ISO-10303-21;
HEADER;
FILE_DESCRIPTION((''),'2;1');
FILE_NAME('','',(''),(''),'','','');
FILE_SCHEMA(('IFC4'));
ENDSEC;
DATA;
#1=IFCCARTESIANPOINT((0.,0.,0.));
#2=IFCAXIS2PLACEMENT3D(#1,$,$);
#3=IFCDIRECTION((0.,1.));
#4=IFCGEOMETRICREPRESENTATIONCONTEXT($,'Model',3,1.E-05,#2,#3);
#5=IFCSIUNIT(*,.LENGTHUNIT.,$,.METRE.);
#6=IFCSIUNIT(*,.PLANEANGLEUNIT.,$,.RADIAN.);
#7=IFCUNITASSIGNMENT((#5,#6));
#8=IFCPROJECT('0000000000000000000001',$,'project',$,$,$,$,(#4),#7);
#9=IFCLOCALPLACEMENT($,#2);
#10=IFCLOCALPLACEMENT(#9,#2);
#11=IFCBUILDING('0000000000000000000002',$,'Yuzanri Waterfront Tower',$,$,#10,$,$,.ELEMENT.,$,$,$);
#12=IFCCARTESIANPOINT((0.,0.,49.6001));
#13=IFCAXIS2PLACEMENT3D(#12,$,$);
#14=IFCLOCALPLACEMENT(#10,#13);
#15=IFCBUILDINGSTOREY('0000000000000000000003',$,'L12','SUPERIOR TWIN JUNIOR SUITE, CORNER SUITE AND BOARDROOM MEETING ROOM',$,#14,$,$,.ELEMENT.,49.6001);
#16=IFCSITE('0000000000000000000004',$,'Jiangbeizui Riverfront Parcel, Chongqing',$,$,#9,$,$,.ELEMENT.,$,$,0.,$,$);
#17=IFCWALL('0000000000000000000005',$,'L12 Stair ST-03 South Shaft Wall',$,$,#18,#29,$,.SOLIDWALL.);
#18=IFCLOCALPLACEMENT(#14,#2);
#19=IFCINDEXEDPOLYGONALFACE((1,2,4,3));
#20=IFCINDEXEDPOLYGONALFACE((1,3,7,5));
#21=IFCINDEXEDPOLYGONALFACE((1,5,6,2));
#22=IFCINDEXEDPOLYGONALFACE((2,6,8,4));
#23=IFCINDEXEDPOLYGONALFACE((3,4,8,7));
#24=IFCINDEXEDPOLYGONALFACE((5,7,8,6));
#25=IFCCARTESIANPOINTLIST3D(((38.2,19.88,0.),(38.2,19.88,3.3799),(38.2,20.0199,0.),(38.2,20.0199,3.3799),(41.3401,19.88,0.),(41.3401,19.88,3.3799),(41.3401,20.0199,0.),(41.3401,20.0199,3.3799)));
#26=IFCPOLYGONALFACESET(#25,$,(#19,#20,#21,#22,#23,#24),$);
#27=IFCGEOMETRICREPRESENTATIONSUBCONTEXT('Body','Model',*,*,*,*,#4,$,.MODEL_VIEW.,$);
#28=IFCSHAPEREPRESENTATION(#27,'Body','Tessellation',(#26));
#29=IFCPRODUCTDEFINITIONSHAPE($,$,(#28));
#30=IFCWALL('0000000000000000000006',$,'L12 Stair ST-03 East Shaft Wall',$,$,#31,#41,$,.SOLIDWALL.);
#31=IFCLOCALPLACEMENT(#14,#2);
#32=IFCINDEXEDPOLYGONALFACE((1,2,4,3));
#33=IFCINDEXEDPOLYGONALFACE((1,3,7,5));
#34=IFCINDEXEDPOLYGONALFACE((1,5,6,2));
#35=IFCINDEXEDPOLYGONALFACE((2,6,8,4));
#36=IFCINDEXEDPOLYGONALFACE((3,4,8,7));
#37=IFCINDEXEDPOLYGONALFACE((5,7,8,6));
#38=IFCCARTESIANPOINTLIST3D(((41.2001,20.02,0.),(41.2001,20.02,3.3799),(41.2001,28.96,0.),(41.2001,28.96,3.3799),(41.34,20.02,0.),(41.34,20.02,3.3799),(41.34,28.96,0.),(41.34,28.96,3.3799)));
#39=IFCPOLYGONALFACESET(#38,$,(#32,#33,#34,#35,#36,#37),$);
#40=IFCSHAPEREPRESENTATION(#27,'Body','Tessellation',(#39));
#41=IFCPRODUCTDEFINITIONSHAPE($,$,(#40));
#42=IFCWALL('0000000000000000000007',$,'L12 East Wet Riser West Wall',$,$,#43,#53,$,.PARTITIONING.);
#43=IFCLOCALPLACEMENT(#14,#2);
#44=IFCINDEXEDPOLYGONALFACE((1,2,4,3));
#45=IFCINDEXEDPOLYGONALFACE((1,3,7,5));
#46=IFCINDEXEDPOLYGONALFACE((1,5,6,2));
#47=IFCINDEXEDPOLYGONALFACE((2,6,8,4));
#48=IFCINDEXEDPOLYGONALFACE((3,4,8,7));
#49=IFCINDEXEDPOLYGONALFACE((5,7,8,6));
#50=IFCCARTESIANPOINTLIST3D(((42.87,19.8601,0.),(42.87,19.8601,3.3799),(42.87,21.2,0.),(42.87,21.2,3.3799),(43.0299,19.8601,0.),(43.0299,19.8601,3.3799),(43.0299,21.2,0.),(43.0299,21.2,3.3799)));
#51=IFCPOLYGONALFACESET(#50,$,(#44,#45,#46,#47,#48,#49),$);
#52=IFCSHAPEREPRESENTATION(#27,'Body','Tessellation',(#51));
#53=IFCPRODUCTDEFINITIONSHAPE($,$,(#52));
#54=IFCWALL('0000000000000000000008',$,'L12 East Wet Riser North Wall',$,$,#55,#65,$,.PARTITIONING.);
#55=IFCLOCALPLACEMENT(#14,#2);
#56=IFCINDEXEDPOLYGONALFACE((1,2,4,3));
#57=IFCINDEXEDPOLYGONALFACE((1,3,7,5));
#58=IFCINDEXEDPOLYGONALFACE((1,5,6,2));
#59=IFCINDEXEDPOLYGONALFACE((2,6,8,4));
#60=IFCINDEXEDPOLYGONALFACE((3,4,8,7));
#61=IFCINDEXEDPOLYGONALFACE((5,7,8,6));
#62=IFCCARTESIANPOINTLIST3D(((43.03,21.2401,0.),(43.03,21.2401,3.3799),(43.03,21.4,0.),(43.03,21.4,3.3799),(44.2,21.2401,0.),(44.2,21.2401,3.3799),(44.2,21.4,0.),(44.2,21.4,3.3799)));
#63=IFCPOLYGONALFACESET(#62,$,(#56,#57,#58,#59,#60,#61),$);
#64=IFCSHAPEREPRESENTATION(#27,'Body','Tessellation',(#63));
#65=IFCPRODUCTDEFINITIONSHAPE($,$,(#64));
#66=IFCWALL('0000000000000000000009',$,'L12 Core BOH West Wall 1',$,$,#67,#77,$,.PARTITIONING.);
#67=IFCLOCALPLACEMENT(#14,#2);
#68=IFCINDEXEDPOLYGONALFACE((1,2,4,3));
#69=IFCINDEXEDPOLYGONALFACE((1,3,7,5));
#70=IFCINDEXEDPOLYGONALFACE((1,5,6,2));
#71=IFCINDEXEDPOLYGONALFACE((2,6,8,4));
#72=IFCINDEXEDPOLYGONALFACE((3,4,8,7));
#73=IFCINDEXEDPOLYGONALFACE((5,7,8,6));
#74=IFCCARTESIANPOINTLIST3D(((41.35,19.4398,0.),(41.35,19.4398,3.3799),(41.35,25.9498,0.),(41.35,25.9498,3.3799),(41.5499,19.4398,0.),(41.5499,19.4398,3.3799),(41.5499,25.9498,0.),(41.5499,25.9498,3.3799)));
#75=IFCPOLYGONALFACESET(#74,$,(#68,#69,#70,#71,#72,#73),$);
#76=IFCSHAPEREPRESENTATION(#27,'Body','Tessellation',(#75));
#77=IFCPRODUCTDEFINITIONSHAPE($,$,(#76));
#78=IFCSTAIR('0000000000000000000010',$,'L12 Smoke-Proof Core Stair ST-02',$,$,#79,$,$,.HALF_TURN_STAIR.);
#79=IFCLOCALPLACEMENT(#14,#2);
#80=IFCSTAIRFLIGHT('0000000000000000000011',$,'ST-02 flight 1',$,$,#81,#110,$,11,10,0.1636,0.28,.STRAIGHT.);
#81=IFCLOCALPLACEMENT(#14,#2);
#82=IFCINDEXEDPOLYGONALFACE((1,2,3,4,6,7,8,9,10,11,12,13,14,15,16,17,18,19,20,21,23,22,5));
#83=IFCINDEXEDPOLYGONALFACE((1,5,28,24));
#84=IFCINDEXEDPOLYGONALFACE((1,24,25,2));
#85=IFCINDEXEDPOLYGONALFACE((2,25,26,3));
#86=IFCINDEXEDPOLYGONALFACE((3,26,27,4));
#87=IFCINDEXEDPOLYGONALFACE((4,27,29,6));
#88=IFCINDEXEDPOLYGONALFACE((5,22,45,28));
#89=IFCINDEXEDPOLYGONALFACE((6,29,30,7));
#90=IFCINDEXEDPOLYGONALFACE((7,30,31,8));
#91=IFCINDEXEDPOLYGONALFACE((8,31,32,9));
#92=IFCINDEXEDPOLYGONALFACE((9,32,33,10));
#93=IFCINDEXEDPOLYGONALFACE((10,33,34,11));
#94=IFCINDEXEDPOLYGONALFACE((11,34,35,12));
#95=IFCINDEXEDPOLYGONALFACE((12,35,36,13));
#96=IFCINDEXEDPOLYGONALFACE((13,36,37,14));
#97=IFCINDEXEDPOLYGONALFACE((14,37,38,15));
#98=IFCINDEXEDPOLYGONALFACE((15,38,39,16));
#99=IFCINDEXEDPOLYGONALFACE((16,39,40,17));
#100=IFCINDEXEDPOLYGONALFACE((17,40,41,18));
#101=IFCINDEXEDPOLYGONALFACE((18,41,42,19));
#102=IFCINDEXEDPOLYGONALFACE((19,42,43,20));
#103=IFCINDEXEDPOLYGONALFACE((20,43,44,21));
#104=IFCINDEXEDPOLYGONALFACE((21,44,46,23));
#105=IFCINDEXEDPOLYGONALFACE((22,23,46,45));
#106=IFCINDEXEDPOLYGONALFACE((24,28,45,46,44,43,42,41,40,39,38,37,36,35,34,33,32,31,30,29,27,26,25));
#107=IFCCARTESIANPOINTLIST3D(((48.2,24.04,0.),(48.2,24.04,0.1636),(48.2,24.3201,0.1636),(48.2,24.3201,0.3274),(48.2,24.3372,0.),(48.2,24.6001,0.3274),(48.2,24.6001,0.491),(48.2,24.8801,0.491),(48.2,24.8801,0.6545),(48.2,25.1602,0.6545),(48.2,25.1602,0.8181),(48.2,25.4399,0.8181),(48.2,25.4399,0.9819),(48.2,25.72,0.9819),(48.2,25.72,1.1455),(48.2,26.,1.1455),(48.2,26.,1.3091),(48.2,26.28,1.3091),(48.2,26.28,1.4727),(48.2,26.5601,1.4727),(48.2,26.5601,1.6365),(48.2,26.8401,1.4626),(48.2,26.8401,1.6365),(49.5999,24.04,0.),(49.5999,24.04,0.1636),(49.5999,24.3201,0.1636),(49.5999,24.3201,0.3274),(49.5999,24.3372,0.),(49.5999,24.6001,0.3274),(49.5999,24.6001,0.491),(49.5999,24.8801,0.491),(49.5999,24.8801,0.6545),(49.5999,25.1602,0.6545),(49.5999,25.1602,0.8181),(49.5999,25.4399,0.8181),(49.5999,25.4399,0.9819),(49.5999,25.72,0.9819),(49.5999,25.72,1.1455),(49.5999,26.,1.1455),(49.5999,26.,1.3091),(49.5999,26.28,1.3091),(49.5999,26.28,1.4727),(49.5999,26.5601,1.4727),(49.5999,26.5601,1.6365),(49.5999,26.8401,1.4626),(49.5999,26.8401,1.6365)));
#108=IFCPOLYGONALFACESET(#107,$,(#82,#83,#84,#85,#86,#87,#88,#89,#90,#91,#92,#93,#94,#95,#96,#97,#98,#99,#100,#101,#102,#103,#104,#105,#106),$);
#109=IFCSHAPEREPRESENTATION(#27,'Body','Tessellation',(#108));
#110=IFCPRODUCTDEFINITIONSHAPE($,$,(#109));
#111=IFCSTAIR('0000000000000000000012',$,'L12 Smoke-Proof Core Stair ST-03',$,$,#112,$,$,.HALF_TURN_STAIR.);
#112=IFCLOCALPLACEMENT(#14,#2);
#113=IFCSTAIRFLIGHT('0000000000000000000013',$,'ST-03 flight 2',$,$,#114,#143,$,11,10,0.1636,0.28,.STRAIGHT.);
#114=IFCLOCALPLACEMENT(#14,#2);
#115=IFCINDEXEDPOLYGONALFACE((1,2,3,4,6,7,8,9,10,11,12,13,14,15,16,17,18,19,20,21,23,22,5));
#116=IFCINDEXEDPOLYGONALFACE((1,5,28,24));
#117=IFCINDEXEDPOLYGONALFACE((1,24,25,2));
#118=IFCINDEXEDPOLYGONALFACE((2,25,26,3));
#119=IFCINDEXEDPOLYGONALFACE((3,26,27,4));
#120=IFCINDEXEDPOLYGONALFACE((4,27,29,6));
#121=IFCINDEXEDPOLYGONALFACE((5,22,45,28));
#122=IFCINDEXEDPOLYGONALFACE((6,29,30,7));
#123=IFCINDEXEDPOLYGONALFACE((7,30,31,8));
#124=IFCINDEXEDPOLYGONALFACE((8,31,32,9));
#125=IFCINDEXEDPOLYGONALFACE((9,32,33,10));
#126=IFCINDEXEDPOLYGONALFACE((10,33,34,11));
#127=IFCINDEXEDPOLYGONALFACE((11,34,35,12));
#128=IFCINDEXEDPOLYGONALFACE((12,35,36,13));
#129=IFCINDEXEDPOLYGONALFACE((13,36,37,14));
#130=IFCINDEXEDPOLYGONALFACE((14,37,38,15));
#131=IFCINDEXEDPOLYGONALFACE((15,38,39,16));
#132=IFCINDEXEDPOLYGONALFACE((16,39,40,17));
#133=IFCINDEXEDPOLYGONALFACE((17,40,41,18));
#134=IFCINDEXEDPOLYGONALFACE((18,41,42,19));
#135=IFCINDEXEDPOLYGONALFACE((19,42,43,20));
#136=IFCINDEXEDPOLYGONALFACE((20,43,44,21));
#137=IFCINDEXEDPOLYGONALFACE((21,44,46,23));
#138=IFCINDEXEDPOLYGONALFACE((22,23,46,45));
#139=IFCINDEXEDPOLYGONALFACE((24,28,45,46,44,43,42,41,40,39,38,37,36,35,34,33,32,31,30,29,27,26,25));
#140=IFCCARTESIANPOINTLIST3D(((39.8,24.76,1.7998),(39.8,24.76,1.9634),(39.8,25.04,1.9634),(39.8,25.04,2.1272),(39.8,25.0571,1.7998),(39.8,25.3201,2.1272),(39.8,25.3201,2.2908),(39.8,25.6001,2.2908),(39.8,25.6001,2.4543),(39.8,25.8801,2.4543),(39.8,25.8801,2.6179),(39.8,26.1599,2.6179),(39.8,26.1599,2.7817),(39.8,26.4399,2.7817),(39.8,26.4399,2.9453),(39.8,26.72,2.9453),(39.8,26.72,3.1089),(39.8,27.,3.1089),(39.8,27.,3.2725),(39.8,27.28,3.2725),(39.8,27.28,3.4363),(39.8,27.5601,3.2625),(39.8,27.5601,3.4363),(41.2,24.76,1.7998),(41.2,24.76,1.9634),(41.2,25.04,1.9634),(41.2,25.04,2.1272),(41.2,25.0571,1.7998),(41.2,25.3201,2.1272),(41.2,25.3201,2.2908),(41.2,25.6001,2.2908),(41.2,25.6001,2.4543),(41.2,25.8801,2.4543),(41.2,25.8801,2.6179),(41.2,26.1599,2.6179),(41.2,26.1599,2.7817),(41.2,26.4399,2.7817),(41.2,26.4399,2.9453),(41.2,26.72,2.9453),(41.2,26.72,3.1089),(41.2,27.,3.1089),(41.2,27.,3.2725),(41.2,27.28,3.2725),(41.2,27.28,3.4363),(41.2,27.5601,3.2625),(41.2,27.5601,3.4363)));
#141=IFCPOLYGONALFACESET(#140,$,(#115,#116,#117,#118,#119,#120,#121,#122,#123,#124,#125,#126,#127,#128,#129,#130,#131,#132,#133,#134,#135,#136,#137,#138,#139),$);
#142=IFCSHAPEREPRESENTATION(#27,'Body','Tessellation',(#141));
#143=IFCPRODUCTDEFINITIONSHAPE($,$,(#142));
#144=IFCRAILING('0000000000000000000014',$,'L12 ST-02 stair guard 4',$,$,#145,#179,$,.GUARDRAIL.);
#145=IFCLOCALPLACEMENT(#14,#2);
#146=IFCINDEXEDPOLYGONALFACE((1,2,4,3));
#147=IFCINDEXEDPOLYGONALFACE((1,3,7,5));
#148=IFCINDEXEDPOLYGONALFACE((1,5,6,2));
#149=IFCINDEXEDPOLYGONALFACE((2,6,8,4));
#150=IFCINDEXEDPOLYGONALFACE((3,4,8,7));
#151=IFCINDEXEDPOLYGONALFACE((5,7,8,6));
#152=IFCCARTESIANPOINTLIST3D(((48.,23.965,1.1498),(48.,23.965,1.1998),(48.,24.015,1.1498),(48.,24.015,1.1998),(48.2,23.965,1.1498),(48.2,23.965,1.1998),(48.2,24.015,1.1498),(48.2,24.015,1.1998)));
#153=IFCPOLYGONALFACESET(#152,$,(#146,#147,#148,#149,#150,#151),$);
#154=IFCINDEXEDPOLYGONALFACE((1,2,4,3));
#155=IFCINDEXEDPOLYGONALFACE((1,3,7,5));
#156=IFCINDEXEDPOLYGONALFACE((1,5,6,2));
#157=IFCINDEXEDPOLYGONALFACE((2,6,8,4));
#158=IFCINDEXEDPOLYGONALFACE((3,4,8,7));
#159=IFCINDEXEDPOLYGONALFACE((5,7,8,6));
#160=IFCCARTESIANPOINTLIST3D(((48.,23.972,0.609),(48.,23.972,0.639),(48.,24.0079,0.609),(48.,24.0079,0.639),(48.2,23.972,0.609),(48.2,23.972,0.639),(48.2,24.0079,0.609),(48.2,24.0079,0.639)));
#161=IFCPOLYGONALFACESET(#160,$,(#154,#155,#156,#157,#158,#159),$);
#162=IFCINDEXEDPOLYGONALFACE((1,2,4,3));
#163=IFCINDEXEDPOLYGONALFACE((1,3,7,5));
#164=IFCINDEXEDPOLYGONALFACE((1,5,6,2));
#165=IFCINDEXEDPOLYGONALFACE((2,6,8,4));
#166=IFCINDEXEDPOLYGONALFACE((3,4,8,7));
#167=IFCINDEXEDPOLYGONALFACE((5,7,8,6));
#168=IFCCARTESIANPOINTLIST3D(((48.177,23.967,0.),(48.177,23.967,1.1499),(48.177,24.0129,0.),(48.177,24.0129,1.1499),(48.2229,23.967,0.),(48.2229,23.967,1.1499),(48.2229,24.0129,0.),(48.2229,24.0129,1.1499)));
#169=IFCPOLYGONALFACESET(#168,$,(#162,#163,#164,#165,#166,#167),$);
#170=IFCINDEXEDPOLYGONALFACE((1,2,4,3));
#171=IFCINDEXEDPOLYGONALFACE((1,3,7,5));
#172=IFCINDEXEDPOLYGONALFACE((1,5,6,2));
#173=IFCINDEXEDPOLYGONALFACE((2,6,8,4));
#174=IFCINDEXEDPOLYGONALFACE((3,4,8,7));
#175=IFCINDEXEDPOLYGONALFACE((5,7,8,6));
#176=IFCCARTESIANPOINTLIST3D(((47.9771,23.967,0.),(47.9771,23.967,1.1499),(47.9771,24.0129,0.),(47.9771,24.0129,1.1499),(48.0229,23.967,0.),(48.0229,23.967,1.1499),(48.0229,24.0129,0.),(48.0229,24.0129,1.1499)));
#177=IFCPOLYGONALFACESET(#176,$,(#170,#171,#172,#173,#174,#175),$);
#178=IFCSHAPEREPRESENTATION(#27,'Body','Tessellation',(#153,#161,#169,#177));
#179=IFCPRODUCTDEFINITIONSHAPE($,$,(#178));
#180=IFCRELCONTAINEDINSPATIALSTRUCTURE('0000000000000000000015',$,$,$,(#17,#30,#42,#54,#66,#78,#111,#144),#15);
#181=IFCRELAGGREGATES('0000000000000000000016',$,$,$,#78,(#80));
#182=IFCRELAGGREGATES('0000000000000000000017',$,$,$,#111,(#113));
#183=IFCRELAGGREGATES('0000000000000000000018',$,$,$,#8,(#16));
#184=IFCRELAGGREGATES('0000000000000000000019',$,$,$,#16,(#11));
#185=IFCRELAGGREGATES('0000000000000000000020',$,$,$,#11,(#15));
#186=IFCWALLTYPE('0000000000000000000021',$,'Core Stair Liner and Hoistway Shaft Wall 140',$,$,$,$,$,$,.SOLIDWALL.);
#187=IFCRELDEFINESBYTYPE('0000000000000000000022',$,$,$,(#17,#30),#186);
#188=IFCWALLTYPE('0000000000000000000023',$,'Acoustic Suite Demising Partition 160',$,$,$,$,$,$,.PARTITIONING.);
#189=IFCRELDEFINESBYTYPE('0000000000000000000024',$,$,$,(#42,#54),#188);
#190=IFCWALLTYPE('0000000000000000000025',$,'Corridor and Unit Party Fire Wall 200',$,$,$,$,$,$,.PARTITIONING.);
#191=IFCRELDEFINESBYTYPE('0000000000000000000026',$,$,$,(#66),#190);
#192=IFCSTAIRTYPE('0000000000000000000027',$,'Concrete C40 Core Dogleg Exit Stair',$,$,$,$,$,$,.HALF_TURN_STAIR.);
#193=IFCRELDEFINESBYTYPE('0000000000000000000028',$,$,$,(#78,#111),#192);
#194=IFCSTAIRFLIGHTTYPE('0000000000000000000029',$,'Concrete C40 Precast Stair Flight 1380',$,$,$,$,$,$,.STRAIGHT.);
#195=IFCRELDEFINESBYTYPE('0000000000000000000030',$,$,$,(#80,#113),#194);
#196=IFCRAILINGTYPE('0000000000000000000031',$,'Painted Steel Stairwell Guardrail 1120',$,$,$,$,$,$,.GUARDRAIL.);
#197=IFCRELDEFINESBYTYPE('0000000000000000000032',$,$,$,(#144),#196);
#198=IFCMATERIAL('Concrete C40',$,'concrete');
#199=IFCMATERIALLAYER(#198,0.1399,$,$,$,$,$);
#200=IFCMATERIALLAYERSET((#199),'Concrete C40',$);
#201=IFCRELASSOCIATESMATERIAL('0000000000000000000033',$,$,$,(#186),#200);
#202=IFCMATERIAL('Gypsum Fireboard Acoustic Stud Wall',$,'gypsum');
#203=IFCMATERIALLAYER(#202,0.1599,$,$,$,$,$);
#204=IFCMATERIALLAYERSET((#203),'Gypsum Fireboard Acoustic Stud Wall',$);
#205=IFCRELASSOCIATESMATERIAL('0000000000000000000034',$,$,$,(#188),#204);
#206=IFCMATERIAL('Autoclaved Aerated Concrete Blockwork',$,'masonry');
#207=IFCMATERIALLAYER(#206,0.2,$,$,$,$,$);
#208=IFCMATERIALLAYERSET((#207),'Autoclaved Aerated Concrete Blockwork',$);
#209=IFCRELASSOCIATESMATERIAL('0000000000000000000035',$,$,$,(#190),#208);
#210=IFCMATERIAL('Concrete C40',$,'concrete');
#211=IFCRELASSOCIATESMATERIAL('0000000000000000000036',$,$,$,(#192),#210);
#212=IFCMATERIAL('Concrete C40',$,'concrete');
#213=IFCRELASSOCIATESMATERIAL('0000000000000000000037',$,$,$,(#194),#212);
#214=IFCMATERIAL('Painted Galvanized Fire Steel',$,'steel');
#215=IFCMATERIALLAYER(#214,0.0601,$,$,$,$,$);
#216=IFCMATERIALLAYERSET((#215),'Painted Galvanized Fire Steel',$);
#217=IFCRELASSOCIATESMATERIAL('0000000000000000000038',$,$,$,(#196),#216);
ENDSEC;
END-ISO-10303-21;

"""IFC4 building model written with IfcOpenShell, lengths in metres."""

from ifc_helpers import new_model, si_unit, direction, frame, frame_2d, origin, origin_2d, place, context, subcontext, project, spatial, polyline, rectangle, outline, extrude, source, transform, mapped, material, layer, layer_set, type_object, element, aggregate, save


model = new_model("IFC4")

# Units and contexts
model_context = context("Model", 3, precision=1e-05, world=origin(), true_north=direction((0.0, 1.0)))
body_context = subcontext(model_context, "Body", "Model", "MODEL_VIEW")
ifc_project = project(units=[si_unit("LENGTHUNIT", "METRE"), si_unit("PLANEANGLEUNIT", "RADIAN")], contexts=[model_context])

# Site, building, storey
site_placement = place(None, origin())
site = spatial("IfcSite", under=ifc_project, at=site_placement, Name="Jiangbeizui Riverfront Parcel, Chongqing", CompositionType="ELEMENT", RefElevation=0.0)
building_placement = place(site_placement, origin())
building = spatial("IfcBuilding", under=site, at=building_placement, Name="Yuzanri Waterfront Tower", CompositionType="ELEMENT")
storey_placement = place(building_placement, frame((0.0, 0.0, 49.6001)))
storey = spatial("IfcBuildingStorey", under=building, at=storey_placement, Name="L12", Description="SUPERIOR TWIN JUNIOR SUITE, CORNER SUITE AND BOARDROOM MEETING ROOM", CompositionType="ELEMENT", Elevation=49.6001)

# Shared definitions
ifc_material_1 = material(Name="Concrete C40", Category="concrete")
ifc_layer_1 = layer(ifc_material_1, 0.1399)
ifc_layer_set_1 = layer_set([ifc_layer_1], Name="Concrete C40")
wall_type_1 = type_object("IfcWallType", Name="Core Stair Liner and Hoistway Shaft Wall 140", PredefinedType="SOLIDWALL", material=ifc_layer_set_1)

# Walls
shared_shape_1 = source(origin(), body_context, "Body", "SweptSolid", [
    extrude(rectangle(XDim=3.1401, YDim=0.1399, at=frame_2d((1.5701, 0.0))), origin(), (0.0, 0.0, 1.0), 3.3799),
])
wall_1_placement = place(storey_placement, frame((38.2, 19.95, 0.0), z_axis=(0.0, 0.0, 1.0), x_axis=(1.0, 0.0, 0.0)))
element("IfcWall", 1, at=wall_1_placement, inside=storey, type_object=wall_type_1, Name="L12 Stair ST-03 South Shaft Wall", PredefinedType="SOLIDWALL", context=body_context, shape_type="MappedRepresentation", body=[
    mapped(shared_shape_1, transform((0.0, 0.0, 0.0), scale=1.0)),
])
shared_shape_2 = source(origin(), body_context, "Body", "SweptSolid", [
    extrude(rectangle(XDim=8.9399, YDim=0.1399, at=frame_2d((4.47, 0.0))), origin(), (0.0, 0.0, 1.0), 3.3799),
])
wall_2_placement = place(storey_placement, frame((41.27, 20.02, 0.0), z_axis=(0.0, 0.0, 1.0), x_axis=(0.0, 1.0, 0.0)))
element("IfcWall", 2, at=wall_2_placement, inside=storey, type_object=wall_type_1, Name="L12 Stair ST-03 East Shaft Wall", PredefinedType="SOLIDWALL", context=body_context, shape_type="MappedRepresentation", body=[
    mapped(shared_shape_2, transform((0.0, 0.0, 0.0), scale=1.0)),
])
ifc_material_2 = material(Name="Gypsum Fireboard Acoustic Stud Wall", Category="gypsum")
ifc_layer_2 = layer(ifc_material_2, 0.1599)
ifc_layer_set_2 = layer_set([ifc_layer_2], Name="Gypsum Fireboard Acoustic Stud Wall")
wall_type_2 = type_object("IfcWallType", Name="Acoustic Suite Demising Partition 160", PredefinedType="PARTITIONING", material=ifc_layer_set_2)
shared_shape_3 = source(origin(), body_context, "Body", "SweptSolid", [
    extrude(rectangle(XDim=1.3398, YDim=0.1599, at=frame_2d((0.6699, 0.0))), origin(), (0.0, 0.0, 1.0), 3.3799),
])
wall_3_placement = place(storey_placement, frame((42.95, 19.8601, 0.0), z_axis=(0.0, 0.0, 1.0), x_axis=(0.0, 1.0, 0.0)))
element("IfcWall", 3, at=wall_3_placement, inside=storey, type_object=wall_type_2, Name="L12 East Wet Riser West Wall", PredefinedType="PARTITIONING", context=body_context, shape_type="MappedRepresentation", body=[
    mapped(shared_shape_3, transform((0.0, 0.0, 0.0), scale=1.0)),
])
shared_shape_4 = source(origin(), body_context, "Body", "SweptSolid", [
    extrude(rectangle(XDim=1.1699, YDim=0.1599, at=frame_2d((0.585, 0.0))), origin(), (0.0, 0.0, 1.0), 3.3799),
])
wall_4_placement = place(storey_placement, frame((43.03, 21.3201, 0.0), z_axis=(0.0, 0.0, 1.0), x_axis=(1.0, 0.0, 0.0)))
element("IfcWall", 4, at=wall_4_placement, inside=storey, type_object=wall_type_2, Name="L12 East Wet Riser North Wall", PredefinedType="PARTITIONING", context=body_context, shape_type="MappedRepresentation", body=[
    mapped(shared_shape_4, transform((0.0, 0.0, 0.0), scale=1.0)),
])
ifc_material_3 = material(Name="Autoclaved Aerated Concrete Blockwork", Category="masonry")
ifc_layer_3 = layer(ifc_material_3, 0.2)
ifc_layer_set_3 = layer_set([ifc_layer_3], Name="Autoclaved Aerated Concrete Blockwork")
wall_type_3 = type_object("IfcWallType", Name="Corridor and Unit Party Fire Wall 200", PredefinedType="PARTITIONING", material=ifc_layer_set_3)
shared_shape_5 = source(origin(), body_context, "Body", "SweptSolid", [
    extrude(rectangle(XDim=6.51, YDim=0.2, at=frame_2d((3.2549, 0.0))), origin(), (0.0, 0.0, 1.0), 3.3799),
])
wall_5_placement = place(storey_placement, frame((41.45, 19.4399, 0.0), z_axis=(0.0, 0.0, 1.0), x_axis=(0.0, 1.0, 0.0)))
element("IfcWall", 5, at=wall_5_placement, inside=storey, type_object=wall_type_3, Name="L12 Core BOH West Wall 1", PredefinedType="PARTITIONING", context=body_context, shape_type="MappedRepresentation", body=[
    mapped(shared_shape_5, transform((0.0, 0.0, 0.0), scale=1.0)),
])

# Stairs, stair flights
ifc_material_4 = material(Name="Concrete C40", Category="concrete")
stair_type = type_object("IfcStairType", Name="Concrete C40 Core Dogleg Exit Stair", PredefinedType="HALF_TURN_STAIR", material=ifc_material_4)
stair_1_placement = place(storey_placement, origin())
stair_1 = element("IfcStair", 6, at=stair_1_placement, inside=storey, type_object=stair_type, Name="L12 Smoke-Proof Core Stair ST-02", PredefinedType="HALF_TURN_STAIR")
ifc_material_5 = material(Name="Concrete C40", Category="concrete")
stair_flight_type = type_object("IfcStairFlightType", Name="Concrete C40 Precast Stair Flight 1380", PredefinedType="STRAIGHT", material=ifc_material_5)
shared_shape_6 = source(origin(), body_context, "Body", "SweptSolid", [
    extrude(outline(polyline([(0.0, 0.0), (0.0, 0.1636), (0.28, 0.1636), (0.28, 0.3274), (0.5601, 0.3274), (0.5601, 0.491), (0.8401, 0.491), (0.8401, 0.6545), (1.1201, 0.6545), (1.1201, 0.8181), (1.3999, 0.8181), (1.3999, 0.9819), (1.6799, 0.9819), (1.6799, 1.1455), (1.96, 1.1455), (1.96, 1.3091), (2.24, 1.3091), (2.24, 1.4727), (2.52, 1.4727), (2.52, 1.6365), (2.8, 1.6365), (2.8, 1.8), (2.8, 1.4626), (0.2971, 0.0), (0.0, 0.0)])), frame((0.0, 0.7, 0.0), z_axis=(0.0, -1.0, 0.0), x_axis=(1.0, 0.0, 0.0)), (0.0, 0.0, 1.0), 1.3999),
])
stair_flight_1_placement = place(storey_placement, frame((48.8999, 24.04, 0.0), z_axis=(0.0, 0.0, 1.0), x_axis=(0.0, 1.0, 0.0)))
stair_flight_1 = element("IfcStairFlight", 7, at=stair_flight_1_placement, type_object=stair_flight_type, Name="ST-02 flight 1", NumberOfRisers=11, NumberOfTreads=10, PredefinedType="STRAIGHT", RiserHeight=0.1636, TreadLength=0.28, context=body_context, shape_type="MappedRepresentation", body=[
    mapped(shared_shape_6, transform((0.0, 0.0, 0.0), scale=1.0)),
])
aggregate(stair_1, [stair_flight_1])
stair_2_placement = place(storey_placement, origin())
stair_2 = element("IfcStair", 8, at=stair_2_placement, inside=storey, type_object=stair_type, Name="L12 Smoke-Proof Core Stair ST-03", PredefinedType="HALF_TURN_STAIR")
stair_flight_2_placement = place(storey_placement, frame((40.5, 24.76, 1.7998), z_axis=(0.0, 0.0, 1.0), x_axis=(0.0, 1.0, 0.0)))
stair_flight_2 = element("IfcStairFlight", 9, at=stair_flight_2_placement, type_object=stair_flight_type, Name="ST-03 flight 2", NumberOfRisers=11, NumberOfTreads=10, PredefinedType="STRAIGHT", RiserHeight=0.1636, TreadLength=0.28, context=body_context, shape_type="MappedRepresentation", body=[
    mapped(shared_shape_6, transform((0.0, 0.0, 0.0), scale=1.0)),
])
aggregate(stair_2, [stair_flight_2])

# Railing
ifc_material_6 = material(Name="Painted Galvanized Fire Steel", Category="steel")
ifc_layer_4 = layer(ifc_material_6, 0.0601)
ifc_layer_set_4 = layer_set([ifc_layer_4], Name="Painted Galvanized Fire Steel")
railing_type_1 = type_object("IfcRailingType", Name="Painted Steel Stairwell Guardrail 1120", PredefinedType="GUARDRAIL", material=ifc_layer_set_4)
shared_shape_7 = source(origin(), body_context, "Body", "SweptSolid", [
    extrude(rectangle(XDim=0.05, YDim=0.05, at=origin_2d()), frame((0.0, 0.0, 1.1748), z_axis=(-1.0, 0.0, 0.0), x_axis=(0.0, -1.0, 0.0)), (0.0, 0.0, 1.0), 0.2),
    extrude(rectangle(XDim=0.0359, YDim=0.03, at=origin_2d()), frame((0.0, 0.0, 0.624), z_axis=(-1.0, 0.0, 0.0), x_axis=(0.0, -1.0, 0.0)), (0.0, 0.0, 1.0), 0.2),
    extrude(rectangle(XDim=0.0459, YDim=0.0459, at=origin_2d()), origin(), (0.0, 0.0, 1.0), 1.1499),
    extrude(rectangle(XDim=0.0459, YDim=0.0459, at=origin_2d()), frame((-0.2, 0.0, 0.0)), (0.0, 0.0, 1.0), 1.1499),
])
railing_1_placement = place(storey_placement, frame((48.2, 23.99, 0.0)))
element("IfcRailing", 10, at=railing_1_placement, inside=storey, type_object=railing_type_1, Name="L12 ST-02 stair guard 4", PredefinedType="GUARDRAIL", context=body_context, shape_type="MappedRepresentation", body=[
    mapped(shared_shape_7, transform((0.0, 0.0, 0.0), scale=1.0)),
])

save(model, "model.ifc")
